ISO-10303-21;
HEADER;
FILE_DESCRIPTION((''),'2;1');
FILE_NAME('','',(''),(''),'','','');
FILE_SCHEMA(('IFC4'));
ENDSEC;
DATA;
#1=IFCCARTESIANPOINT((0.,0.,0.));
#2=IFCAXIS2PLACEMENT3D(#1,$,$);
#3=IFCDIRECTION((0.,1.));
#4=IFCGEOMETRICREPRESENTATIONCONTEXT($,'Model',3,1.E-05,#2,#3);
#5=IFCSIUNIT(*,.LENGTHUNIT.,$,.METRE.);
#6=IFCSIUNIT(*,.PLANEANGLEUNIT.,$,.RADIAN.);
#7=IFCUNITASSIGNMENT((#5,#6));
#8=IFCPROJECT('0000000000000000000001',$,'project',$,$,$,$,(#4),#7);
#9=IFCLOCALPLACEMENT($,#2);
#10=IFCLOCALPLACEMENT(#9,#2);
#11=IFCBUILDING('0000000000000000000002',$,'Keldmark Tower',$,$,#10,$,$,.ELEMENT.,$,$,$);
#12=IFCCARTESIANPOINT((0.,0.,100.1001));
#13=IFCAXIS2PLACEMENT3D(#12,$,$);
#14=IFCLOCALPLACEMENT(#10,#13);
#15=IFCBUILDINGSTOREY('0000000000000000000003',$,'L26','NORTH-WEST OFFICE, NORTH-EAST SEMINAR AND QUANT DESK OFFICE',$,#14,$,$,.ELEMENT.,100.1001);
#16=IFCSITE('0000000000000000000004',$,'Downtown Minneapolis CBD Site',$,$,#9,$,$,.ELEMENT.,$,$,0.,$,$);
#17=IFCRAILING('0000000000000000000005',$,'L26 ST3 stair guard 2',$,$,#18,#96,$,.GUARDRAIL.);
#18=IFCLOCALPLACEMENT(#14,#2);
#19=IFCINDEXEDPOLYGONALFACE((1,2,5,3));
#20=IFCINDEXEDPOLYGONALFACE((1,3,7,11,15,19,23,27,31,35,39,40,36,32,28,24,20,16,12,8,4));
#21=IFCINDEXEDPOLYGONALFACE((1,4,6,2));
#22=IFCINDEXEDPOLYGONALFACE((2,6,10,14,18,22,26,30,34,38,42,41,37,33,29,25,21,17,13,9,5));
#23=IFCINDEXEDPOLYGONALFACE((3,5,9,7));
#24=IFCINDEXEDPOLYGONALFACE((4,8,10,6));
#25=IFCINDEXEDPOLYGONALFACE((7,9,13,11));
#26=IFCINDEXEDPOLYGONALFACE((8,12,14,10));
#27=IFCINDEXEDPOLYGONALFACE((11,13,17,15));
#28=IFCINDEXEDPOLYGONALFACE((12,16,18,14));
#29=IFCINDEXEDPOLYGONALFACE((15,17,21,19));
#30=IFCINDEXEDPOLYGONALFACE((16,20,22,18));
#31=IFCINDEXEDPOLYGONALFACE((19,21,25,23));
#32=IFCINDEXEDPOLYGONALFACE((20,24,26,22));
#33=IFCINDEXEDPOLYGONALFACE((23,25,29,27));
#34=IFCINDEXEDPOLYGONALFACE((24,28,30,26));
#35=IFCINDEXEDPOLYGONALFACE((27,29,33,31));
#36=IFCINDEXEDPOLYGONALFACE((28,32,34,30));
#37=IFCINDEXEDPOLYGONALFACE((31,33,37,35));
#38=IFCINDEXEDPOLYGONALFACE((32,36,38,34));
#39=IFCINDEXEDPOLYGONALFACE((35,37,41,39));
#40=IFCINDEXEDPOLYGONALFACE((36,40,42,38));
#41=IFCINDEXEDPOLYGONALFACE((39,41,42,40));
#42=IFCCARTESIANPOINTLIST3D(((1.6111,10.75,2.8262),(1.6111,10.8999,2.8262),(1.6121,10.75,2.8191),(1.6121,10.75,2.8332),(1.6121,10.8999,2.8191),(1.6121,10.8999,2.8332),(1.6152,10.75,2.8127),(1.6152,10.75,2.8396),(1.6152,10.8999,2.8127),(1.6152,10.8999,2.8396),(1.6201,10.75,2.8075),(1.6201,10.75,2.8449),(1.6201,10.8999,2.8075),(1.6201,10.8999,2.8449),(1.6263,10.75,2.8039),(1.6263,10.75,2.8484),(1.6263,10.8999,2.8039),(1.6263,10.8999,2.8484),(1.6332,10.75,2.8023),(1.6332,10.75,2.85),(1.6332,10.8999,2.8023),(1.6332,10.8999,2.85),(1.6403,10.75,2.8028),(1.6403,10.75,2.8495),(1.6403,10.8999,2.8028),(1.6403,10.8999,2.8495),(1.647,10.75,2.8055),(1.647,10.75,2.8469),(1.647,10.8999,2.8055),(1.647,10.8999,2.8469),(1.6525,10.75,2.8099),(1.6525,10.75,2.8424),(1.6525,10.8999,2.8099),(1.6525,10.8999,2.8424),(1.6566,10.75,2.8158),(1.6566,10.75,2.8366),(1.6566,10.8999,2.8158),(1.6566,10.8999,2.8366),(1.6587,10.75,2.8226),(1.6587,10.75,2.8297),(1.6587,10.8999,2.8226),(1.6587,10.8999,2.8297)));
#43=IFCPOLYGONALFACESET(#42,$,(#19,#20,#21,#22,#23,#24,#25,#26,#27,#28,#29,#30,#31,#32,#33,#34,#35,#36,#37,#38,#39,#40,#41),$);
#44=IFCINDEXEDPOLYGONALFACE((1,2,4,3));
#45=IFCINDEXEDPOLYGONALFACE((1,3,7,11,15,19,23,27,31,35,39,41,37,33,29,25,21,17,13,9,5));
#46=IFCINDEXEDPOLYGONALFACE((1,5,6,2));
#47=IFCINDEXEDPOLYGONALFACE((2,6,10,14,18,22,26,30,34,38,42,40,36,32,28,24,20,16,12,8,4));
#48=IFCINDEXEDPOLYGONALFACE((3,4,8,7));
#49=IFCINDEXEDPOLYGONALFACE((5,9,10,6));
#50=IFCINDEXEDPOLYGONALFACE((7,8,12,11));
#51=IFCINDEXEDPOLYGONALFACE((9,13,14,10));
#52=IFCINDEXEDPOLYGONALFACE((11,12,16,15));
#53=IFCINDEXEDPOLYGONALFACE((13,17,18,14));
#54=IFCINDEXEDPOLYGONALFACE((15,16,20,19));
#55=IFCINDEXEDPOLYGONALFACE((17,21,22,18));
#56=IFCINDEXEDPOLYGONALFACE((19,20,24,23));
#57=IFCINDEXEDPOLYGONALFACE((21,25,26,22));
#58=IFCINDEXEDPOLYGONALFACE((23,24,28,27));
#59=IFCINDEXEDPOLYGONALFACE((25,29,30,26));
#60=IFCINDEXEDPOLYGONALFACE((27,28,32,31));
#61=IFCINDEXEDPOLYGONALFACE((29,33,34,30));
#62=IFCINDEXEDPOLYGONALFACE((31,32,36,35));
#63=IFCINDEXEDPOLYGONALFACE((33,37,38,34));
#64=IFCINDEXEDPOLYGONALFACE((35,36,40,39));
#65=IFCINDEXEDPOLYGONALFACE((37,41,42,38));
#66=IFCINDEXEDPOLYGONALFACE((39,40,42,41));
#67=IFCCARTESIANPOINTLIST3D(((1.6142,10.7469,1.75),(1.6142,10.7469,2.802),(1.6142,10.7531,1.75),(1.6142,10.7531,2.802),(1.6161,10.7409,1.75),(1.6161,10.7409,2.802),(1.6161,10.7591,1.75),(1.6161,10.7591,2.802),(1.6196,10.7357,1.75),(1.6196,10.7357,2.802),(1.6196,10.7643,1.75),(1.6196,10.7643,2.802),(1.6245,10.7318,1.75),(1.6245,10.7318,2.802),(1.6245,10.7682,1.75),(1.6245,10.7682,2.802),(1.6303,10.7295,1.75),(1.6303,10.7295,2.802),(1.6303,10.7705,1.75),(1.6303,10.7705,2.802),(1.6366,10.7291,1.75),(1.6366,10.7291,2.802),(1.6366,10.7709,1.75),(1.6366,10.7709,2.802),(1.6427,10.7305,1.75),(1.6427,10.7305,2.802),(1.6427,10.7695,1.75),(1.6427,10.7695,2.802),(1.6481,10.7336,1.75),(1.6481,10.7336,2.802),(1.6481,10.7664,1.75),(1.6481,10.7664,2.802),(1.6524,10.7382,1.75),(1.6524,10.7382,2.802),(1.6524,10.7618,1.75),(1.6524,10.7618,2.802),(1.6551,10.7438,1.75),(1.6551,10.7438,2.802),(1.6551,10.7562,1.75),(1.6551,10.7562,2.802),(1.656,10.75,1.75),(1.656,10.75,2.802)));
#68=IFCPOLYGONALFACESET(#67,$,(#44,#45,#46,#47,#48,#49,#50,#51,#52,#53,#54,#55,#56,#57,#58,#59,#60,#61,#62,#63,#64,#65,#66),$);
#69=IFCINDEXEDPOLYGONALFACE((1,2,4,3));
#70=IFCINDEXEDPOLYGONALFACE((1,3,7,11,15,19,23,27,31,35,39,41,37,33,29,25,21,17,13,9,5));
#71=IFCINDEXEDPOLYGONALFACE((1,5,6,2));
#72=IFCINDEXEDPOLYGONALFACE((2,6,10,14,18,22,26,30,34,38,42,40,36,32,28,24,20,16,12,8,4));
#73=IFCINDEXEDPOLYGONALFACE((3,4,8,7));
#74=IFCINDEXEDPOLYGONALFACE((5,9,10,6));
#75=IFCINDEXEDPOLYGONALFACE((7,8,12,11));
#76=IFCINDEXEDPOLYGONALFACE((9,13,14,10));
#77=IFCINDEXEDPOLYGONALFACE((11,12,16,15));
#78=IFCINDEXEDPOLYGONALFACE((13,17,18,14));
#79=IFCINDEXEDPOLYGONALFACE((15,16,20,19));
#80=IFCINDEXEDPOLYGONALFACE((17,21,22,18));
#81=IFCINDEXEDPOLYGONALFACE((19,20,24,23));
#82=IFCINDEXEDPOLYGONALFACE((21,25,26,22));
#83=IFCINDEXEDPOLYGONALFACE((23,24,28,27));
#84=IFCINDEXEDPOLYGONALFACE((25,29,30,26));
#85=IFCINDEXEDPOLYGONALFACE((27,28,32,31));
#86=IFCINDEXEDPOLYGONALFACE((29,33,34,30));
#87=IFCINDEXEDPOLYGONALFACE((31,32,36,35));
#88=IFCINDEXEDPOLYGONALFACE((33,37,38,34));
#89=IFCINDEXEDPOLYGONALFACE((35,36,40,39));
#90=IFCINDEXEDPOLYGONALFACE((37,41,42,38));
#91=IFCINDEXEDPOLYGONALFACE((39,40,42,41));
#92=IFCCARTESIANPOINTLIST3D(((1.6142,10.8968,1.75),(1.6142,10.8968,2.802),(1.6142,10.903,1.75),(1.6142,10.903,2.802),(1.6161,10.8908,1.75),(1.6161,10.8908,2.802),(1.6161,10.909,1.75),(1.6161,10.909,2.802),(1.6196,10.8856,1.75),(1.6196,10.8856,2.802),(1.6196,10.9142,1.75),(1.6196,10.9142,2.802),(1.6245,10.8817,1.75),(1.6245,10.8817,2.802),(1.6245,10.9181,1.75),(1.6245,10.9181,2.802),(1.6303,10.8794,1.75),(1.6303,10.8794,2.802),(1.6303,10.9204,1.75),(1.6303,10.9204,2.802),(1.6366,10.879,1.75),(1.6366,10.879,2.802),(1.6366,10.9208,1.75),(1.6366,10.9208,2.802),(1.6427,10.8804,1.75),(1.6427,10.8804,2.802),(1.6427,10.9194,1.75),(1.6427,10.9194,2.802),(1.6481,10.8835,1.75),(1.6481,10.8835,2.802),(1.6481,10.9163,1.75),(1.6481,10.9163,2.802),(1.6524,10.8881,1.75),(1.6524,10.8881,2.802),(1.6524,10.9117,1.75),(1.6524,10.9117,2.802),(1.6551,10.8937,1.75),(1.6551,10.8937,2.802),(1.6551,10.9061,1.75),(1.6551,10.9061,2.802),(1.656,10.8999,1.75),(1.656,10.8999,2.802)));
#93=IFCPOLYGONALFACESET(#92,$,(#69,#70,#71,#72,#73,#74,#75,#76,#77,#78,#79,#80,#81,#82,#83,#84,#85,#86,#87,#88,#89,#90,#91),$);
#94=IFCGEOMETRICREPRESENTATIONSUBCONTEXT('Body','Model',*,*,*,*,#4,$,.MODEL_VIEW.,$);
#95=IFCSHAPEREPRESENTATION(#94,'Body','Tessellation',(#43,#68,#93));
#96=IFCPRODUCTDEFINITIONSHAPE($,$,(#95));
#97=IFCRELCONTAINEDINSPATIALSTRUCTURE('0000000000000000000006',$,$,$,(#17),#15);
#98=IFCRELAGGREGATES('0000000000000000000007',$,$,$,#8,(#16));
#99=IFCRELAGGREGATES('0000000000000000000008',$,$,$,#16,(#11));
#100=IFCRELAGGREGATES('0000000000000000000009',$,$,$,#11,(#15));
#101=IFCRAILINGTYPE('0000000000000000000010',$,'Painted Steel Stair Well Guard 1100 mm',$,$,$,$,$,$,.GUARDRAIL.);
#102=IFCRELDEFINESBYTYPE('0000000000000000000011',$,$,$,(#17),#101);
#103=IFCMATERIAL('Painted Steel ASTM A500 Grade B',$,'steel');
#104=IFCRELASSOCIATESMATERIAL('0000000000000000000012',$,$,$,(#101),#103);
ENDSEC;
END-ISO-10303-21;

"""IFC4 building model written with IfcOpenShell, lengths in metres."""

from ifc_helpers import new_model, si_unit, direction, frame, origin, origin_2d, place, context, subcontext, project, spatial, circle, extrude, material, type_object, element, save


model = new_model("IFC4")

# Units and contexts
model_context = context("Model", 3, precision=1e-05, world=origin(), true_north=direction((0.0, 1.0)))
body_context = subcontext(model_context, "Body", "Model", "MODEL_VIEW")
ifc_project = project(units=[si_unit("LENGTHUNIT", "METRE"), si_unit("PLANEANGLEUNIT", "RADIAN")], contexts=[model_context])

# Site, building, storey
site_placement = place(None, origin())
site = spatial("IfcSite", under=ifc_project, at=site_placement, Name="Downtown Minneapolis CBD Site", CompositionType="ELEMENT", RefElevation=0.0)
building_placement = place(site_placement, origin())
building = spatial("IfcBuilding", under=site, at=building_placement, Name="Keldmark Tower", CompositionType="ELEMENT")
storey_placement = place(building_placement, frame((0.0, 0.0, 100.1001)))
storey = spatial("IfcBuildingStorey", under=building, at=storey_placement, Name="L26", Description="NORTH-WEST OFFICE, NORTH-EAST SEMINAR AND QUANT DESK OFFICE", CompositionType="ELEMENT", Elevation=100.1001)

# Railing
ifc_material_1 = material(Name="Painted Steel ASTM A500 Grade B", Category="steel")
railing_type_1 = type_object("IfcRailingType", Name="Painted Steel Stair Well Guard 1100 mm", PredefinedType="GUARDRAIL", material=ifc_material_1)
railing_1_placement = place(storey_placement, frame((1.635, 10.75, 1.75)))
element("IfcRailing", 1, at=railing_1_placement, inside=storey, type_object=railing_type_1, Name="L26 ST3 stair guard 2", PredefinedType="GUARDRAIL", context=body_context, shape_type="SweptSolid", body=[
    extrude(circle(Radius=0.0239, at=origin_2d()), frame((0.0, 0.0, 1.0762), z_axis=(0.0, 1.0, 0.0), x_axis=(-1.0, 0.0, 0.0)), (0.0, 0.0, 1.0), 0.1499),
    extrude(circle(Radius=0.021, at=origin_2d()), origin(), (0.0, 0.0, 1.0), 1.052),
    extrude(circle(Radius=0.021, at=origin_2d()), frame((0.0, 0.1499, 0.0)), (0.0, 0.0, 1.0), 1.052),
])

save(model, "model.ifc")
